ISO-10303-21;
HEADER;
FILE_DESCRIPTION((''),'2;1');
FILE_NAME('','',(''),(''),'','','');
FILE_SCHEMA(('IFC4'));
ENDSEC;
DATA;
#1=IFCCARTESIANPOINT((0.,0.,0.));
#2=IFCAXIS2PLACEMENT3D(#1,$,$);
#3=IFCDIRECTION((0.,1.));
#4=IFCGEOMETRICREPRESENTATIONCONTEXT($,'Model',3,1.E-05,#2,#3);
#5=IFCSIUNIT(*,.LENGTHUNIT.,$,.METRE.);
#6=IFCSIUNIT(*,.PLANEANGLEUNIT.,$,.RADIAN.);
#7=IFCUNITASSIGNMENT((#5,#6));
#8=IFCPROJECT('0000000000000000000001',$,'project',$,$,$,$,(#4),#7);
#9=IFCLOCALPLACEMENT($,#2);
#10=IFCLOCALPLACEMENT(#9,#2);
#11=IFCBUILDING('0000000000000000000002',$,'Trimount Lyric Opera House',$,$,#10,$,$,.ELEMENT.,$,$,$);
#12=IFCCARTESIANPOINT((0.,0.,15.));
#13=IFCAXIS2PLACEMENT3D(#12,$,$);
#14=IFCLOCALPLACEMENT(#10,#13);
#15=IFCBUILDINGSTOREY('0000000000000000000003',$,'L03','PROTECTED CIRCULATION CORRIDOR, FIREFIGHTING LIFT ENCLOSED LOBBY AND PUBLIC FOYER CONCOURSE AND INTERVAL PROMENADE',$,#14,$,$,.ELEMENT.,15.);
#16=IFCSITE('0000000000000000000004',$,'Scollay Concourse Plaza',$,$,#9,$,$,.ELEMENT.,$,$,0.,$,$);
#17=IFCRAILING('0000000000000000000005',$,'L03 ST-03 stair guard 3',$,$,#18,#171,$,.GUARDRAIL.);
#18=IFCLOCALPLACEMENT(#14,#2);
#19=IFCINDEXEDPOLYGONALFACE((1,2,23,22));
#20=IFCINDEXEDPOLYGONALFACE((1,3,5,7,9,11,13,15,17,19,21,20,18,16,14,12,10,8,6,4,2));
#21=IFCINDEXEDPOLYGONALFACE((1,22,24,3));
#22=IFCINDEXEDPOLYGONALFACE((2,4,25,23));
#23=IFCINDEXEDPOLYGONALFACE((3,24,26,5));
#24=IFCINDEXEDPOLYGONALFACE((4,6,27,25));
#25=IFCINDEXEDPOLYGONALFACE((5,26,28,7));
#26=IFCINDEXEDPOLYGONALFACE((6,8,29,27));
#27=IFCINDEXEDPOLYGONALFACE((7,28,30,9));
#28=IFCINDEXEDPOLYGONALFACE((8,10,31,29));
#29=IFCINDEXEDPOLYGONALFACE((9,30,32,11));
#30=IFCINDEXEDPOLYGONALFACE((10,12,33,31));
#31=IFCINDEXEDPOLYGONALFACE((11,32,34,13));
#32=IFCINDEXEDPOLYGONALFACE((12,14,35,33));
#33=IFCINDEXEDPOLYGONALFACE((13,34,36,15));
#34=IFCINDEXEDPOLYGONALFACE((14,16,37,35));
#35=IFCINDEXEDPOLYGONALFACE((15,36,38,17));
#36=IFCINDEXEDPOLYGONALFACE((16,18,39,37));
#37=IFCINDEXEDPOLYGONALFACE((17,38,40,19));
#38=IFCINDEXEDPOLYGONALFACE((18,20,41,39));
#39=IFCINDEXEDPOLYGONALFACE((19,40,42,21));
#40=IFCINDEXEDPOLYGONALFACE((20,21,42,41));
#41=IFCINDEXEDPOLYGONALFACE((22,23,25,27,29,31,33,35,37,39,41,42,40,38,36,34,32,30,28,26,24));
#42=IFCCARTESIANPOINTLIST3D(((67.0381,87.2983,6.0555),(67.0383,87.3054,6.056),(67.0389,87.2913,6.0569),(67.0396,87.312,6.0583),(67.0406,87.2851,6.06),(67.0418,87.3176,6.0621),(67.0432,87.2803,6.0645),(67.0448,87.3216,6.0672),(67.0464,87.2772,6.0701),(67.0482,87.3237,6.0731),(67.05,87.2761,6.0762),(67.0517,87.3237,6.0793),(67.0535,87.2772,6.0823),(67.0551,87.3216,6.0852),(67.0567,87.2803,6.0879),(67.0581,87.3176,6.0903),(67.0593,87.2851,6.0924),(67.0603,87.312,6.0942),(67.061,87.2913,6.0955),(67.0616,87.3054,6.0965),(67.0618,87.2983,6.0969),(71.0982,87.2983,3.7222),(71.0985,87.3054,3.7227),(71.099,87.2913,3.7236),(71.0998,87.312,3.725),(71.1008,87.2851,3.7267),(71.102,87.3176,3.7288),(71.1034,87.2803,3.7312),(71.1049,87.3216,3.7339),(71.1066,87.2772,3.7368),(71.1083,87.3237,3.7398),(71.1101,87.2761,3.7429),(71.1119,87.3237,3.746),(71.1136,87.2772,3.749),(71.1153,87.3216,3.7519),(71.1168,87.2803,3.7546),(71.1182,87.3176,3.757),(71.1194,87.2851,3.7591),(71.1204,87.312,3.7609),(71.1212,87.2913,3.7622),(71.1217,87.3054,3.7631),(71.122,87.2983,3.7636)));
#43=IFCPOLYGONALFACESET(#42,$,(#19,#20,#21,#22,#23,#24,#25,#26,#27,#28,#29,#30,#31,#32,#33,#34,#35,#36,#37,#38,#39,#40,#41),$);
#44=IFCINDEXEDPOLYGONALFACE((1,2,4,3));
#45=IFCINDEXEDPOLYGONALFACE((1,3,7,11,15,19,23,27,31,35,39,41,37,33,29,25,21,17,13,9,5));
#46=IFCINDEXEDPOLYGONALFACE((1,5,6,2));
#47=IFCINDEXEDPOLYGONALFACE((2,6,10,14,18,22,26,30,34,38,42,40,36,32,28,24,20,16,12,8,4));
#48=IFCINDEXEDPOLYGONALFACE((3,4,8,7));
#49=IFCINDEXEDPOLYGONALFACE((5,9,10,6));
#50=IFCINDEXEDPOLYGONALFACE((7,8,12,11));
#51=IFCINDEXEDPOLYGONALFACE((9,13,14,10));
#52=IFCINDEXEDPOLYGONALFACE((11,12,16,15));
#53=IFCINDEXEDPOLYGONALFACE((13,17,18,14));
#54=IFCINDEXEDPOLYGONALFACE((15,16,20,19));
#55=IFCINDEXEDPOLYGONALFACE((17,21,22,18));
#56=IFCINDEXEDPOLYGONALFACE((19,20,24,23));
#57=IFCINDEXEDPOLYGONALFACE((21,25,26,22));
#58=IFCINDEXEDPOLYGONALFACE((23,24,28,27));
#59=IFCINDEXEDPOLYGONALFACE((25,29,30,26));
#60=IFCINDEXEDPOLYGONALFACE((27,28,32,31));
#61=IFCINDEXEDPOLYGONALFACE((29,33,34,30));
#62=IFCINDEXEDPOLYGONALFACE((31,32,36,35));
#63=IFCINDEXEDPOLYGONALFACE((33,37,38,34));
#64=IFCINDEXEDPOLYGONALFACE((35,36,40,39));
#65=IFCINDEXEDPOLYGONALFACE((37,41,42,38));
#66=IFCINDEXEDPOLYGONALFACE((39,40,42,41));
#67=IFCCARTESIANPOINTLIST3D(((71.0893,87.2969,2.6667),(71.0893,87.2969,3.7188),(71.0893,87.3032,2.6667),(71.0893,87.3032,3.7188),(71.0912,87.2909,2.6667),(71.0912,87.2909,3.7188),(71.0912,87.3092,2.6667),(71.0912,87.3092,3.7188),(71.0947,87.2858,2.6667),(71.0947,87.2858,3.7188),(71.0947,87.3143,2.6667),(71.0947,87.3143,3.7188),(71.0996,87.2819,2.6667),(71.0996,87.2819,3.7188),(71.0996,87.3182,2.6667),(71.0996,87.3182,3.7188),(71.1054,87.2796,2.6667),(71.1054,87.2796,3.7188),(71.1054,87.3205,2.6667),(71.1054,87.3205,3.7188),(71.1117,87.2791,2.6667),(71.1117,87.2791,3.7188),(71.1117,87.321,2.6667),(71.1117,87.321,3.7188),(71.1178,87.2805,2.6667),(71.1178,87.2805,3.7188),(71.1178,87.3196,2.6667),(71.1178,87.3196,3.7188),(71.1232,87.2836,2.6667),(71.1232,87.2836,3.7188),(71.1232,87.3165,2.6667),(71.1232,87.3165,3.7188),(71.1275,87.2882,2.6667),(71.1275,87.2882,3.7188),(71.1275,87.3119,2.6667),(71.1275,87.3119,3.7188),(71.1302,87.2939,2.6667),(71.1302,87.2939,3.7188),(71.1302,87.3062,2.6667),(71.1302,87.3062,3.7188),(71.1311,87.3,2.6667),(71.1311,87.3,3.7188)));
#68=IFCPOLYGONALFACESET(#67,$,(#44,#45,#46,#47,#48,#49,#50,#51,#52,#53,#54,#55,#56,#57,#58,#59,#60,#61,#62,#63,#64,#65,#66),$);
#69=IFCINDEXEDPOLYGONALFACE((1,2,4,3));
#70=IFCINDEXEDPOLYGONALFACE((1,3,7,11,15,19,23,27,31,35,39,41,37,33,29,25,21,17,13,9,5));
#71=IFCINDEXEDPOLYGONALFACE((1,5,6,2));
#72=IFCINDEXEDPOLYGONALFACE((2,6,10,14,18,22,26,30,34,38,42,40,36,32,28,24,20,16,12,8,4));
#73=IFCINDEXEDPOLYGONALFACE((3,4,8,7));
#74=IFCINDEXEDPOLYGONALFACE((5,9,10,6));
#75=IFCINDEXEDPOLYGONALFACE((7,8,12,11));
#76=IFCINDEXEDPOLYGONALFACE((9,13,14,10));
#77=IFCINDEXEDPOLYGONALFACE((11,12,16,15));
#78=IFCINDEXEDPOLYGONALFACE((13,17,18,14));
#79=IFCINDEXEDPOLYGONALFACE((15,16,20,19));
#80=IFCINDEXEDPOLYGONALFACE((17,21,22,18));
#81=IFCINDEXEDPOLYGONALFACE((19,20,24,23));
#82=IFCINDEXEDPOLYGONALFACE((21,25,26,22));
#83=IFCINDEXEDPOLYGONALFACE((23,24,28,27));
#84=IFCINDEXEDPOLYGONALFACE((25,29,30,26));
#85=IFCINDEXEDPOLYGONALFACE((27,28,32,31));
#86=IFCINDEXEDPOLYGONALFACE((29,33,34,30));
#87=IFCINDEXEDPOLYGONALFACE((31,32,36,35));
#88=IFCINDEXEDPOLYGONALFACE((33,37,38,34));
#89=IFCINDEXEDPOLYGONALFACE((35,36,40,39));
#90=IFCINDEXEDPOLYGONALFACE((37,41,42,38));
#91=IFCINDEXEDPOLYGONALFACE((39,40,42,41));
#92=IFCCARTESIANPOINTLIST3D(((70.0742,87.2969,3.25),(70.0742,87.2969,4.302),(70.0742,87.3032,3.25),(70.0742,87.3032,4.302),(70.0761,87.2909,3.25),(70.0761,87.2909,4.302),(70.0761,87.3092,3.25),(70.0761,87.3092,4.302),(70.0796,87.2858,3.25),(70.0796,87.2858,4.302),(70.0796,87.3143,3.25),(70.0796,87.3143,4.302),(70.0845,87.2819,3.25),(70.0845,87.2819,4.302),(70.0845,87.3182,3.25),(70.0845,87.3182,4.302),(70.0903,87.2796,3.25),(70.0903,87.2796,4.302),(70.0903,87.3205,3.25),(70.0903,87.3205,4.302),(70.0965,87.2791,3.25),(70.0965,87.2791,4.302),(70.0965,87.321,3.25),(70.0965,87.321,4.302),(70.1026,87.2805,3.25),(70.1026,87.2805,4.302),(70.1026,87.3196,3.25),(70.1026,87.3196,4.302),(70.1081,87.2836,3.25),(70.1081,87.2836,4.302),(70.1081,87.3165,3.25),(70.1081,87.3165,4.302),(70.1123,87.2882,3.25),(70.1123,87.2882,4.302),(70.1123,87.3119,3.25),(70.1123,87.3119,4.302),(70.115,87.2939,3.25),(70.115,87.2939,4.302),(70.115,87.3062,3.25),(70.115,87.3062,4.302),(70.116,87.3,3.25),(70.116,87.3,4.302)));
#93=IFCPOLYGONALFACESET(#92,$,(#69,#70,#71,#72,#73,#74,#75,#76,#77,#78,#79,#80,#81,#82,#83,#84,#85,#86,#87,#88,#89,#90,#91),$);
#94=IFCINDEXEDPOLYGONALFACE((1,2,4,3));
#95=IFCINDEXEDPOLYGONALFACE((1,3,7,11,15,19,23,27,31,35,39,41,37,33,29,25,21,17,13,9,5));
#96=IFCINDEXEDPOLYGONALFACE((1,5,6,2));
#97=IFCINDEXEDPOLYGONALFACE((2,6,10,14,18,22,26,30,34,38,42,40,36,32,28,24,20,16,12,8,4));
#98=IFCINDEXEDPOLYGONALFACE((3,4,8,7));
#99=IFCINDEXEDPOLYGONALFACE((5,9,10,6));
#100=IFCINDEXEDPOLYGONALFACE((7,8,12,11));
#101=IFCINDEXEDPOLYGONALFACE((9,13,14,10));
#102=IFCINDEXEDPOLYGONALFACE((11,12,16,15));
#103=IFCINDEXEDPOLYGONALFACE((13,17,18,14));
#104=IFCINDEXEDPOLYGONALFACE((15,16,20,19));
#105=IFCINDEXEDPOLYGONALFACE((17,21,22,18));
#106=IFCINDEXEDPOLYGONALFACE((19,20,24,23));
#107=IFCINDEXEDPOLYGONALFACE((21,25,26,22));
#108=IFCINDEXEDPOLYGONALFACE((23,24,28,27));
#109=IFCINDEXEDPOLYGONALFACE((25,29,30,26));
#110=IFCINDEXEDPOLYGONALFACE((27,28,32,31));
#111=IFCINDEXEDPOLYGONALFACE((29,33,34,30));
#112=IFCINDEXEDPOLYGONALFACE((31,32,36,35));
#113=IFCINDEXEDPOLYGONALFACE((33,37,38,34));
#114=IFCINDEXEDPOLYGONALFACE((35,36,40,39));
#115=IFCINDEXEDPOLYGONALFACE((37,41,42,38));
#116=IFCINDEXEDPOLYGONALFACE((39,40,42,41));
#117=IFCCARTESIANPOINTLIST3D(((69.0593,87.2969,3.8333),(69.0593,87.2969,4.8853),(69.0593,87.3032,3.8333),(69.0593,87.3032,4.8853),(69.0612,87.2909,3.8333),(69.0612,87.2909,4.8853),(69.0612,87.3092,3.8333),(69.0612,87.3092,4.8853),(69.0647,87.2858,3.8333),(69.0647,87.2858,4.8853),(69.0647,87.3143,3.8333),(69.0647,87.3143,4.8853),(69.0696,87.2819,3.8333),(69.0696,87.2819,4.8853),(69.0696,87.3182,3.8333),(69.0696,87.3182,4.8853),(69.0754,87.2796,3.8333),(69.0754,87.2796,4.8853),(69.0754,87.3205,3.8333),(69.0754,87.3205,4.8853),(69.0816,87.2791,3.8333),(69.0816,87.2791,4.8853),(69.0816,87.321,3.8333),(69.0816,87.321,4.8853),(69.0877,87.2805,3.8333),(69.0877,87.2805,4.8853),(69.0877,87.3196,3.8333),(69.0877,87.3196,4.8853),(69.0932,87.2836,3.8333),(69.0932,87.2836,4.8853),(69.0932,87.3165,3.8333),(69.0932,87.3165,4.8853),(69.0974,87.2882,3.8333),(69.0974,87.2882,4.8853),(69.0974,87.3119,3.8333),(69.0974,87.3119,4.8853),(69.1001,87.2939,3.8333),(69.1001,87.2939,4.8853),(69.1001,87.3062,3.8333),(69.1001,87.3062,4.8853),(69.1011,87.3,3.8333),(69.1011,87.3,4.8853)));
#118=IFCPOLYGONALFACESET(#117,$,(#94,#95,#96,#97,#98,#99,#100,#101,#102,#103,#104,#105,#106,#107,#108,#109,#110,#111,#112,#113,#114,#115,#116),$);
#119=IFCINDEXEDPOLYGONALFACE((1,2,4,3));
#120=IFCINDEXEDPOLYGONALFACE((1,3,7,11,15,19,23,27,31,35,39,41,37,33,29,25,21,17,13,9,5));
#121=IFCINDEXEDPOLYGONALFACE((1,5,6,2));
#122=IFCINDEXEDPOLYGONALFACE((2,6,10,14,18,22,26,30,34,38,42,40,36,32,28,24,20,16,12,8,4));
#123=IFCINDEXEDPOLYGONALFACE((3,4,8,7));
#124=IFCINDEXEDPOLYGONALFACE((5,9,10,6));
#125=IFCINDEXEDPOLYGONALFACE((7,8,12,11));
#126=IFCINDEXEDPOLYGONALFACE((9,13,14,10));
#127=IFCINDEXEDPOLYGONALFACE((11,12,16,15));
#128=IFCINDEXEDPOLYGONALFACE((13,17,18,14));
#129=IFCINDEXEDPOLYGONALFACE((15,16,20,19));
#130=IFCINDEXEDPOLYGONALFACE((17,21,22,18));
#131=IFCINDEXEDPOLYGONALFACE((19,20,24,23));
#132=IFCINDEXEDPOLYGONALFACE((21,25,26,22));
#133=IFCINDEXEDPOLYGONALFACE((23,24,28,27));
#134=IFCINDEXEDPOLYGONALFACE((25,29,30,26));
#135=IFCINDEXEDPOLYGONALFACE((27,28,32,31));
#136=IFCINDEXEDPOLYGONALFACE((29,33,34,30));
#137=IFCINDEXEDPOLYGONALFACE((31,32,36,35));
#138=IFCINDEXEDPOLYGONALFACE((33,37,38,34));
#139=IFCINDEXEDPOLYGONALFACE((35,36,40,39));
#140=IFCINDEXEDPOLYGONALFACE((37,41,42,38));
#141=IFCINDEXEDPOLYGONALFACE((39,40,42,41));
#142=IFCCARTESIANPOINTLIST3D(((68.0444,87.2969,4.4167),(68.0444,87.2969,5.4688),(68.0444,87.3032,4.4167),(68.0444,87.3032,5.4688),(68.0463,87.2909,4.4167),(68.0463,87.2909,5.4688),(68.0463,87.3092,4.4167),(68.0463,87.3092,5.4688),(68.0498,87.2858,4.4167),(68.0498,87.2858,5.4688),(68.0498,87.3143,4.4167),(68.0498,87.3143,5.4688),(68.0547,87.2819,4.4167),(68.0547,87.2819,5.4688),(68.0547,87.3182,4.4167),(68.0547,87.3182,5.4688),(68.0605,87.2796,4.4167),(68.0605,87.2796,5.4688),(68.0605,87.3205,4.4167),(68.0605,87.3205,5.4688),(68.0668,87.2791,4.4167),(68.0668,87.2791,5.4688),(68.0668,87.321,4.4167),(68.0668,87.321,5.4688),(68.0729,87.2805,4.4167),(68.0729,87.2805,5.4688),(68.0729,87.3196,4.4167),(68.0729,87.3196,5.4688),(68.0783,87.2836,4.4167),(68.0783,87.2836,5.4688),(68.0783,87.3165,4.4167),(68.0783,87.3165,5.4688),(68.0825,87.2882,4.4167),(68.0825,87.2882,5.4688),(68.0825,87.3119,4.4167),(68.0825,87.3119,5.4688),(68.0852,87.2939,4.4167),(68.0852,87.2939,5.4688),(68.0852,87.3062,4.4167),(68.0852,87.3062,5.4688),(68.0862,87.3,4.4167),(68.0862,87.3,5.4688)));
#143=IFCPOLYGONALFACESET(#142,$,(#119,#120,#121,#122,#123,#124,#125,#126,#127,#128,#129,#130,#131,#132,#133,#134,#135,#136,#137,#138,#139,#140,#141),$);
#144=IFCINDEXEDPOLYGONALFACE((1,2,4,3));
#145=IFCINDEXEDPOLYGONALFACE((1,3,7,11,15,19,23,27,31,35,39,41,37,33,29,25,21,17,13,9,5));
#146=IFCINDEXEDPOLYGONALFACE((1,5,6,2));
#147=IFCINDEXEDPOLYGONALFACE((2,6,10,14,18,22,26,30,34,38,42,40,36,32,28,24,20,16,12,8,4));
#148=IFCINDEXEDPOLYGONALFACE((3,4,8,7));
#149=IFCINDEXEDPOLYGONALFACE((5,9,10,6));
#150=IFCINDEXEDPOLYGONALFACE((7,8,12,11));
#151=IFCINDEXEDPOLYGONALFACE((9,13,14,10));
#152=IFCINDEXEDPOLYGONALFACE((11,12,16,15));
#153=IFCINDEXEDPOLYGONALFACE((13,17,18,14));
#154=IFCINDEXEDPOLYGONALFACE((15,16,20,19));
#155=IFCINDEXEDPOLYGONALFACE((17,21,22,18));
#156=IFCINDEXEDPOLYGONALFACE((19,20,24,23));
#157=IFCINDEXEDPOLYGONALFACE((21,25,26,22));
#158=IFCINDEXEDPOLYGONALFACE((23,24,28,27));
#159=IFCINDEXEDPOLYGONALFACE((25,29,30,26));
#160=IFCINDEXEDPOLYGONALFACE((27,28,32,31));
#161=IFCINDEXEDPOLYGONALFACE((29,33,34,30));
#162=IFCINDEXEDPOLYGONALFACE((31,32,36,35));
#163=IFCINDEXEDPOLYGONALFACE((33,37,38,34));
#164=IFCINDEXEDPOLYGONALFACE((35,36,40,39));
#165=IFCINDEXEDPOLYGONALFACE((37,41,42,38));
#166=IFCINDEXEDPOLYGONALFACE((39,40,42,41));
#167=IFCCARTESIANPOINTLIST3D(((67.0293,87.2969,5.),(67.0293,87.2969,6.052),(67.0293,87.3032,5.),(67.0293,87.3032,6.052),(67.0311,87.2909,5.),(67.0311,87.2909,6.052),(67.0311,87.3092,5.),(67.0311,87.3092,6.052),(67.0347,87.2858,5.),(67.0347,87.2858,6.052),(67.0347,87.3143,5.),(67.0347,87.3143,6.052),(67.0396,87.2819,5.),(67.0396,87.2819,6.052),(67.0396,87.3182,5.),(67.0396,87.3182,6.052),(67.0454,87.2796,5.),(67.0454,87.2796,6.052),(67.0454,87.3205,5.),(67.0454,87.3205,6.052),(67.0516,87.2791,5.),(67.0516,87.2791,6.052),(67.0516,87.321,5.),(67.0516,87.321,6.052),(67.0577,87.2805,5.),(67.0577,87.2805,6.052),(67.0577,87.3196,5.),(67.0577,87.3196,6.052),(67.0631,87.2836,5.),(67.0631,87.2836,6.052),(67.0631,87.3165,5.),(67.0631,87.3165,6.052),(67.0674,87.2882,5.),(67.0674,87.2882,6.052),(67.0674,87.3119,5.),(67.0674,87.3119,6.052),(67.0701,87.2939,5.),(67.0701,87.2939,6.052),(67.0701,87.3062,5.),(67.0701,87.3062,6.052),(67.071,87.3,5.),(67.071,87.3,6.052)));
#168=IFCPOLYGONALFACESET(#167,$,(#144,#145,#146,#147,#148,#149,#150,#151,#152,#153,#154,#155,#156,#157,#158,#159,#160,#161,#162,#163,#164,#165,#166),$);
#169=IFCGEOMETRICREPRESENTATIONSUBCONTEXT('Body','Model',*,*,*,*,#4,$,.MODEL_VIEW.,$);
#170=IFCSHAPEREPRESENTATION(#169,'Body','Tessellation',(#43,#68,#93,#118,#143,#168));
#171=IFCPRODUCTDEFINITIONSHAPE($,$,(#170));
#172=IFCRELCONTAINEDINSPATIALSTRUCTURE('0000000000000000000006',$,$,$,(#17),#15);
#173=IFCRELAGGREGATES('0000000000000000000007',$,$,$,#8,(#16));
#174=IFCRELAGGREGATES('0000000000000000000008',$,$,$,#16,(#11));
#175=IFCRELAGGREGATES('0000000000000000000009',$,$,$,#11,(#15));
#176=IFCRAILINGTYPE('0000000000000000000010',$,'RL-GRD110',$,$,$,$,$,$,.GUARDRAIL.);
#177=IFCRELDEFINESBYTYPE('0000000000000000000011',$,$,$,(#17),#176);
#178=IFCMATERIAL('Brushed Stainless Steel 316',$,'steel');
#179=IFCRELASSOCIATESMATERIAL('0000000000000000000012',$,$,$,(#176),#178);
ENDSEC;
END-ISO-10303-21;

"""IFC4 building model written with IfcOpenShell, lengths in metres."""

from ifc_helpers import new_model, si_unit, direction, frame, origin, origin_2d, place, context, subcontext, project, spatial, circle, extrude, material, type_object, element, save


model = new_model("IFC4")

# Units and contexts
model_context = context("Model", 3, precision=1e-05, world=origin(), true_north=direction((0.0, 1.0)))
body_context = subcontext(model_context, "Body", "Model", "MODEL_VIEW")
ifc_project = project(units=[si_unit("LENGTHUNIT", "METRE"), si_unit("PLANEANGLEUNIT", "RADIAN")], contexts=[model_context])

# Site, building, storey
site_placement = place(None, origin())
site = spatial("IfcSite", under=ifc_project, at=site_placement, Name="Scollay Concourse Plaza", CompositionType="ELEMENT", RefElevation=0.0)
building_placement = place(site_placement, origin())
building = spatial("IfcBuilding", under=site, at=building_placement, Name="Trimount Lyric Opera House", CompositionType="ELEMENT")
storey_placement = place(building_placement, frame((0.0, 0.0, 15.0)))
storey = spatial("IfcBuildingStorey", under=building, at=storey_placement, Name="L03", Description="PROTECTED CIRCULATION CORRIDOR, FIREFIGHTING LIFT ENCLOSED LOBBY AND PUBLIC FOYER CONCOURSE AND INTERVAL PROMENADE", CompositionType="ELEMENT", Elevation=15.0)

# Railing
ifc_material_1 = material(Name="Brushed Stainless Steel 316", Category="steel")
railing_type_1 = type_object("IfcRailingType", Name="RL-GRD110", PredefinedType="GUARDRAIL", material=ifc_material_1)
railing_1_placement = place(storey_placement, frame((71.1101, 87.3, 2.6667)))
element("IfcRailing", 1, at=railing_1_placement, inside=storey, type_object=railing_type_1, Name="L03 ST-03 stair guard 3", PredefinedType="GUARDRAIL", context=body_context, shape_type="SweptSolid", body=[
    extrude(circle(Radius=0.0239, at=origin_2d()), frame((0.0, 0.0, 1.0762), z_axis=(-0.867025, 0.0, 0.498265), x_axis=(0.0, -1.0, 0.0)), (0.0, 0.0, 1.0), 4.6829),
    extrude(circle(Radius=0.021, at=origin_2d()), origin(), (0.0, 0.0, 1.0), 1.052),
    extrude(circle(Radius=0.021, at=origin_2d()), frame((-1.0151, 0.0, 0.5833)), (0.0, 0.0, 1.0), 1.052),
    extrude(circle(Radius=0.021, at=origin_2d()), frame((-2.03, 0.0, 1.1665)), (0.0, 0.0, 1.0), 1.052),
    extrude(circle(Radius=0.021, at=origin_2d()), frame((-3.0449, 0.0, 1.75)), (0.0, 0.0, 1.0), 1.052),
    extrude(circle(Radius=0.021, at=origin_2d()), frame((-4.0601, 0.0, 2.3333)), (0.0, 0.0, 1.0), 1.052),
])

save(model, "model.ifc")
